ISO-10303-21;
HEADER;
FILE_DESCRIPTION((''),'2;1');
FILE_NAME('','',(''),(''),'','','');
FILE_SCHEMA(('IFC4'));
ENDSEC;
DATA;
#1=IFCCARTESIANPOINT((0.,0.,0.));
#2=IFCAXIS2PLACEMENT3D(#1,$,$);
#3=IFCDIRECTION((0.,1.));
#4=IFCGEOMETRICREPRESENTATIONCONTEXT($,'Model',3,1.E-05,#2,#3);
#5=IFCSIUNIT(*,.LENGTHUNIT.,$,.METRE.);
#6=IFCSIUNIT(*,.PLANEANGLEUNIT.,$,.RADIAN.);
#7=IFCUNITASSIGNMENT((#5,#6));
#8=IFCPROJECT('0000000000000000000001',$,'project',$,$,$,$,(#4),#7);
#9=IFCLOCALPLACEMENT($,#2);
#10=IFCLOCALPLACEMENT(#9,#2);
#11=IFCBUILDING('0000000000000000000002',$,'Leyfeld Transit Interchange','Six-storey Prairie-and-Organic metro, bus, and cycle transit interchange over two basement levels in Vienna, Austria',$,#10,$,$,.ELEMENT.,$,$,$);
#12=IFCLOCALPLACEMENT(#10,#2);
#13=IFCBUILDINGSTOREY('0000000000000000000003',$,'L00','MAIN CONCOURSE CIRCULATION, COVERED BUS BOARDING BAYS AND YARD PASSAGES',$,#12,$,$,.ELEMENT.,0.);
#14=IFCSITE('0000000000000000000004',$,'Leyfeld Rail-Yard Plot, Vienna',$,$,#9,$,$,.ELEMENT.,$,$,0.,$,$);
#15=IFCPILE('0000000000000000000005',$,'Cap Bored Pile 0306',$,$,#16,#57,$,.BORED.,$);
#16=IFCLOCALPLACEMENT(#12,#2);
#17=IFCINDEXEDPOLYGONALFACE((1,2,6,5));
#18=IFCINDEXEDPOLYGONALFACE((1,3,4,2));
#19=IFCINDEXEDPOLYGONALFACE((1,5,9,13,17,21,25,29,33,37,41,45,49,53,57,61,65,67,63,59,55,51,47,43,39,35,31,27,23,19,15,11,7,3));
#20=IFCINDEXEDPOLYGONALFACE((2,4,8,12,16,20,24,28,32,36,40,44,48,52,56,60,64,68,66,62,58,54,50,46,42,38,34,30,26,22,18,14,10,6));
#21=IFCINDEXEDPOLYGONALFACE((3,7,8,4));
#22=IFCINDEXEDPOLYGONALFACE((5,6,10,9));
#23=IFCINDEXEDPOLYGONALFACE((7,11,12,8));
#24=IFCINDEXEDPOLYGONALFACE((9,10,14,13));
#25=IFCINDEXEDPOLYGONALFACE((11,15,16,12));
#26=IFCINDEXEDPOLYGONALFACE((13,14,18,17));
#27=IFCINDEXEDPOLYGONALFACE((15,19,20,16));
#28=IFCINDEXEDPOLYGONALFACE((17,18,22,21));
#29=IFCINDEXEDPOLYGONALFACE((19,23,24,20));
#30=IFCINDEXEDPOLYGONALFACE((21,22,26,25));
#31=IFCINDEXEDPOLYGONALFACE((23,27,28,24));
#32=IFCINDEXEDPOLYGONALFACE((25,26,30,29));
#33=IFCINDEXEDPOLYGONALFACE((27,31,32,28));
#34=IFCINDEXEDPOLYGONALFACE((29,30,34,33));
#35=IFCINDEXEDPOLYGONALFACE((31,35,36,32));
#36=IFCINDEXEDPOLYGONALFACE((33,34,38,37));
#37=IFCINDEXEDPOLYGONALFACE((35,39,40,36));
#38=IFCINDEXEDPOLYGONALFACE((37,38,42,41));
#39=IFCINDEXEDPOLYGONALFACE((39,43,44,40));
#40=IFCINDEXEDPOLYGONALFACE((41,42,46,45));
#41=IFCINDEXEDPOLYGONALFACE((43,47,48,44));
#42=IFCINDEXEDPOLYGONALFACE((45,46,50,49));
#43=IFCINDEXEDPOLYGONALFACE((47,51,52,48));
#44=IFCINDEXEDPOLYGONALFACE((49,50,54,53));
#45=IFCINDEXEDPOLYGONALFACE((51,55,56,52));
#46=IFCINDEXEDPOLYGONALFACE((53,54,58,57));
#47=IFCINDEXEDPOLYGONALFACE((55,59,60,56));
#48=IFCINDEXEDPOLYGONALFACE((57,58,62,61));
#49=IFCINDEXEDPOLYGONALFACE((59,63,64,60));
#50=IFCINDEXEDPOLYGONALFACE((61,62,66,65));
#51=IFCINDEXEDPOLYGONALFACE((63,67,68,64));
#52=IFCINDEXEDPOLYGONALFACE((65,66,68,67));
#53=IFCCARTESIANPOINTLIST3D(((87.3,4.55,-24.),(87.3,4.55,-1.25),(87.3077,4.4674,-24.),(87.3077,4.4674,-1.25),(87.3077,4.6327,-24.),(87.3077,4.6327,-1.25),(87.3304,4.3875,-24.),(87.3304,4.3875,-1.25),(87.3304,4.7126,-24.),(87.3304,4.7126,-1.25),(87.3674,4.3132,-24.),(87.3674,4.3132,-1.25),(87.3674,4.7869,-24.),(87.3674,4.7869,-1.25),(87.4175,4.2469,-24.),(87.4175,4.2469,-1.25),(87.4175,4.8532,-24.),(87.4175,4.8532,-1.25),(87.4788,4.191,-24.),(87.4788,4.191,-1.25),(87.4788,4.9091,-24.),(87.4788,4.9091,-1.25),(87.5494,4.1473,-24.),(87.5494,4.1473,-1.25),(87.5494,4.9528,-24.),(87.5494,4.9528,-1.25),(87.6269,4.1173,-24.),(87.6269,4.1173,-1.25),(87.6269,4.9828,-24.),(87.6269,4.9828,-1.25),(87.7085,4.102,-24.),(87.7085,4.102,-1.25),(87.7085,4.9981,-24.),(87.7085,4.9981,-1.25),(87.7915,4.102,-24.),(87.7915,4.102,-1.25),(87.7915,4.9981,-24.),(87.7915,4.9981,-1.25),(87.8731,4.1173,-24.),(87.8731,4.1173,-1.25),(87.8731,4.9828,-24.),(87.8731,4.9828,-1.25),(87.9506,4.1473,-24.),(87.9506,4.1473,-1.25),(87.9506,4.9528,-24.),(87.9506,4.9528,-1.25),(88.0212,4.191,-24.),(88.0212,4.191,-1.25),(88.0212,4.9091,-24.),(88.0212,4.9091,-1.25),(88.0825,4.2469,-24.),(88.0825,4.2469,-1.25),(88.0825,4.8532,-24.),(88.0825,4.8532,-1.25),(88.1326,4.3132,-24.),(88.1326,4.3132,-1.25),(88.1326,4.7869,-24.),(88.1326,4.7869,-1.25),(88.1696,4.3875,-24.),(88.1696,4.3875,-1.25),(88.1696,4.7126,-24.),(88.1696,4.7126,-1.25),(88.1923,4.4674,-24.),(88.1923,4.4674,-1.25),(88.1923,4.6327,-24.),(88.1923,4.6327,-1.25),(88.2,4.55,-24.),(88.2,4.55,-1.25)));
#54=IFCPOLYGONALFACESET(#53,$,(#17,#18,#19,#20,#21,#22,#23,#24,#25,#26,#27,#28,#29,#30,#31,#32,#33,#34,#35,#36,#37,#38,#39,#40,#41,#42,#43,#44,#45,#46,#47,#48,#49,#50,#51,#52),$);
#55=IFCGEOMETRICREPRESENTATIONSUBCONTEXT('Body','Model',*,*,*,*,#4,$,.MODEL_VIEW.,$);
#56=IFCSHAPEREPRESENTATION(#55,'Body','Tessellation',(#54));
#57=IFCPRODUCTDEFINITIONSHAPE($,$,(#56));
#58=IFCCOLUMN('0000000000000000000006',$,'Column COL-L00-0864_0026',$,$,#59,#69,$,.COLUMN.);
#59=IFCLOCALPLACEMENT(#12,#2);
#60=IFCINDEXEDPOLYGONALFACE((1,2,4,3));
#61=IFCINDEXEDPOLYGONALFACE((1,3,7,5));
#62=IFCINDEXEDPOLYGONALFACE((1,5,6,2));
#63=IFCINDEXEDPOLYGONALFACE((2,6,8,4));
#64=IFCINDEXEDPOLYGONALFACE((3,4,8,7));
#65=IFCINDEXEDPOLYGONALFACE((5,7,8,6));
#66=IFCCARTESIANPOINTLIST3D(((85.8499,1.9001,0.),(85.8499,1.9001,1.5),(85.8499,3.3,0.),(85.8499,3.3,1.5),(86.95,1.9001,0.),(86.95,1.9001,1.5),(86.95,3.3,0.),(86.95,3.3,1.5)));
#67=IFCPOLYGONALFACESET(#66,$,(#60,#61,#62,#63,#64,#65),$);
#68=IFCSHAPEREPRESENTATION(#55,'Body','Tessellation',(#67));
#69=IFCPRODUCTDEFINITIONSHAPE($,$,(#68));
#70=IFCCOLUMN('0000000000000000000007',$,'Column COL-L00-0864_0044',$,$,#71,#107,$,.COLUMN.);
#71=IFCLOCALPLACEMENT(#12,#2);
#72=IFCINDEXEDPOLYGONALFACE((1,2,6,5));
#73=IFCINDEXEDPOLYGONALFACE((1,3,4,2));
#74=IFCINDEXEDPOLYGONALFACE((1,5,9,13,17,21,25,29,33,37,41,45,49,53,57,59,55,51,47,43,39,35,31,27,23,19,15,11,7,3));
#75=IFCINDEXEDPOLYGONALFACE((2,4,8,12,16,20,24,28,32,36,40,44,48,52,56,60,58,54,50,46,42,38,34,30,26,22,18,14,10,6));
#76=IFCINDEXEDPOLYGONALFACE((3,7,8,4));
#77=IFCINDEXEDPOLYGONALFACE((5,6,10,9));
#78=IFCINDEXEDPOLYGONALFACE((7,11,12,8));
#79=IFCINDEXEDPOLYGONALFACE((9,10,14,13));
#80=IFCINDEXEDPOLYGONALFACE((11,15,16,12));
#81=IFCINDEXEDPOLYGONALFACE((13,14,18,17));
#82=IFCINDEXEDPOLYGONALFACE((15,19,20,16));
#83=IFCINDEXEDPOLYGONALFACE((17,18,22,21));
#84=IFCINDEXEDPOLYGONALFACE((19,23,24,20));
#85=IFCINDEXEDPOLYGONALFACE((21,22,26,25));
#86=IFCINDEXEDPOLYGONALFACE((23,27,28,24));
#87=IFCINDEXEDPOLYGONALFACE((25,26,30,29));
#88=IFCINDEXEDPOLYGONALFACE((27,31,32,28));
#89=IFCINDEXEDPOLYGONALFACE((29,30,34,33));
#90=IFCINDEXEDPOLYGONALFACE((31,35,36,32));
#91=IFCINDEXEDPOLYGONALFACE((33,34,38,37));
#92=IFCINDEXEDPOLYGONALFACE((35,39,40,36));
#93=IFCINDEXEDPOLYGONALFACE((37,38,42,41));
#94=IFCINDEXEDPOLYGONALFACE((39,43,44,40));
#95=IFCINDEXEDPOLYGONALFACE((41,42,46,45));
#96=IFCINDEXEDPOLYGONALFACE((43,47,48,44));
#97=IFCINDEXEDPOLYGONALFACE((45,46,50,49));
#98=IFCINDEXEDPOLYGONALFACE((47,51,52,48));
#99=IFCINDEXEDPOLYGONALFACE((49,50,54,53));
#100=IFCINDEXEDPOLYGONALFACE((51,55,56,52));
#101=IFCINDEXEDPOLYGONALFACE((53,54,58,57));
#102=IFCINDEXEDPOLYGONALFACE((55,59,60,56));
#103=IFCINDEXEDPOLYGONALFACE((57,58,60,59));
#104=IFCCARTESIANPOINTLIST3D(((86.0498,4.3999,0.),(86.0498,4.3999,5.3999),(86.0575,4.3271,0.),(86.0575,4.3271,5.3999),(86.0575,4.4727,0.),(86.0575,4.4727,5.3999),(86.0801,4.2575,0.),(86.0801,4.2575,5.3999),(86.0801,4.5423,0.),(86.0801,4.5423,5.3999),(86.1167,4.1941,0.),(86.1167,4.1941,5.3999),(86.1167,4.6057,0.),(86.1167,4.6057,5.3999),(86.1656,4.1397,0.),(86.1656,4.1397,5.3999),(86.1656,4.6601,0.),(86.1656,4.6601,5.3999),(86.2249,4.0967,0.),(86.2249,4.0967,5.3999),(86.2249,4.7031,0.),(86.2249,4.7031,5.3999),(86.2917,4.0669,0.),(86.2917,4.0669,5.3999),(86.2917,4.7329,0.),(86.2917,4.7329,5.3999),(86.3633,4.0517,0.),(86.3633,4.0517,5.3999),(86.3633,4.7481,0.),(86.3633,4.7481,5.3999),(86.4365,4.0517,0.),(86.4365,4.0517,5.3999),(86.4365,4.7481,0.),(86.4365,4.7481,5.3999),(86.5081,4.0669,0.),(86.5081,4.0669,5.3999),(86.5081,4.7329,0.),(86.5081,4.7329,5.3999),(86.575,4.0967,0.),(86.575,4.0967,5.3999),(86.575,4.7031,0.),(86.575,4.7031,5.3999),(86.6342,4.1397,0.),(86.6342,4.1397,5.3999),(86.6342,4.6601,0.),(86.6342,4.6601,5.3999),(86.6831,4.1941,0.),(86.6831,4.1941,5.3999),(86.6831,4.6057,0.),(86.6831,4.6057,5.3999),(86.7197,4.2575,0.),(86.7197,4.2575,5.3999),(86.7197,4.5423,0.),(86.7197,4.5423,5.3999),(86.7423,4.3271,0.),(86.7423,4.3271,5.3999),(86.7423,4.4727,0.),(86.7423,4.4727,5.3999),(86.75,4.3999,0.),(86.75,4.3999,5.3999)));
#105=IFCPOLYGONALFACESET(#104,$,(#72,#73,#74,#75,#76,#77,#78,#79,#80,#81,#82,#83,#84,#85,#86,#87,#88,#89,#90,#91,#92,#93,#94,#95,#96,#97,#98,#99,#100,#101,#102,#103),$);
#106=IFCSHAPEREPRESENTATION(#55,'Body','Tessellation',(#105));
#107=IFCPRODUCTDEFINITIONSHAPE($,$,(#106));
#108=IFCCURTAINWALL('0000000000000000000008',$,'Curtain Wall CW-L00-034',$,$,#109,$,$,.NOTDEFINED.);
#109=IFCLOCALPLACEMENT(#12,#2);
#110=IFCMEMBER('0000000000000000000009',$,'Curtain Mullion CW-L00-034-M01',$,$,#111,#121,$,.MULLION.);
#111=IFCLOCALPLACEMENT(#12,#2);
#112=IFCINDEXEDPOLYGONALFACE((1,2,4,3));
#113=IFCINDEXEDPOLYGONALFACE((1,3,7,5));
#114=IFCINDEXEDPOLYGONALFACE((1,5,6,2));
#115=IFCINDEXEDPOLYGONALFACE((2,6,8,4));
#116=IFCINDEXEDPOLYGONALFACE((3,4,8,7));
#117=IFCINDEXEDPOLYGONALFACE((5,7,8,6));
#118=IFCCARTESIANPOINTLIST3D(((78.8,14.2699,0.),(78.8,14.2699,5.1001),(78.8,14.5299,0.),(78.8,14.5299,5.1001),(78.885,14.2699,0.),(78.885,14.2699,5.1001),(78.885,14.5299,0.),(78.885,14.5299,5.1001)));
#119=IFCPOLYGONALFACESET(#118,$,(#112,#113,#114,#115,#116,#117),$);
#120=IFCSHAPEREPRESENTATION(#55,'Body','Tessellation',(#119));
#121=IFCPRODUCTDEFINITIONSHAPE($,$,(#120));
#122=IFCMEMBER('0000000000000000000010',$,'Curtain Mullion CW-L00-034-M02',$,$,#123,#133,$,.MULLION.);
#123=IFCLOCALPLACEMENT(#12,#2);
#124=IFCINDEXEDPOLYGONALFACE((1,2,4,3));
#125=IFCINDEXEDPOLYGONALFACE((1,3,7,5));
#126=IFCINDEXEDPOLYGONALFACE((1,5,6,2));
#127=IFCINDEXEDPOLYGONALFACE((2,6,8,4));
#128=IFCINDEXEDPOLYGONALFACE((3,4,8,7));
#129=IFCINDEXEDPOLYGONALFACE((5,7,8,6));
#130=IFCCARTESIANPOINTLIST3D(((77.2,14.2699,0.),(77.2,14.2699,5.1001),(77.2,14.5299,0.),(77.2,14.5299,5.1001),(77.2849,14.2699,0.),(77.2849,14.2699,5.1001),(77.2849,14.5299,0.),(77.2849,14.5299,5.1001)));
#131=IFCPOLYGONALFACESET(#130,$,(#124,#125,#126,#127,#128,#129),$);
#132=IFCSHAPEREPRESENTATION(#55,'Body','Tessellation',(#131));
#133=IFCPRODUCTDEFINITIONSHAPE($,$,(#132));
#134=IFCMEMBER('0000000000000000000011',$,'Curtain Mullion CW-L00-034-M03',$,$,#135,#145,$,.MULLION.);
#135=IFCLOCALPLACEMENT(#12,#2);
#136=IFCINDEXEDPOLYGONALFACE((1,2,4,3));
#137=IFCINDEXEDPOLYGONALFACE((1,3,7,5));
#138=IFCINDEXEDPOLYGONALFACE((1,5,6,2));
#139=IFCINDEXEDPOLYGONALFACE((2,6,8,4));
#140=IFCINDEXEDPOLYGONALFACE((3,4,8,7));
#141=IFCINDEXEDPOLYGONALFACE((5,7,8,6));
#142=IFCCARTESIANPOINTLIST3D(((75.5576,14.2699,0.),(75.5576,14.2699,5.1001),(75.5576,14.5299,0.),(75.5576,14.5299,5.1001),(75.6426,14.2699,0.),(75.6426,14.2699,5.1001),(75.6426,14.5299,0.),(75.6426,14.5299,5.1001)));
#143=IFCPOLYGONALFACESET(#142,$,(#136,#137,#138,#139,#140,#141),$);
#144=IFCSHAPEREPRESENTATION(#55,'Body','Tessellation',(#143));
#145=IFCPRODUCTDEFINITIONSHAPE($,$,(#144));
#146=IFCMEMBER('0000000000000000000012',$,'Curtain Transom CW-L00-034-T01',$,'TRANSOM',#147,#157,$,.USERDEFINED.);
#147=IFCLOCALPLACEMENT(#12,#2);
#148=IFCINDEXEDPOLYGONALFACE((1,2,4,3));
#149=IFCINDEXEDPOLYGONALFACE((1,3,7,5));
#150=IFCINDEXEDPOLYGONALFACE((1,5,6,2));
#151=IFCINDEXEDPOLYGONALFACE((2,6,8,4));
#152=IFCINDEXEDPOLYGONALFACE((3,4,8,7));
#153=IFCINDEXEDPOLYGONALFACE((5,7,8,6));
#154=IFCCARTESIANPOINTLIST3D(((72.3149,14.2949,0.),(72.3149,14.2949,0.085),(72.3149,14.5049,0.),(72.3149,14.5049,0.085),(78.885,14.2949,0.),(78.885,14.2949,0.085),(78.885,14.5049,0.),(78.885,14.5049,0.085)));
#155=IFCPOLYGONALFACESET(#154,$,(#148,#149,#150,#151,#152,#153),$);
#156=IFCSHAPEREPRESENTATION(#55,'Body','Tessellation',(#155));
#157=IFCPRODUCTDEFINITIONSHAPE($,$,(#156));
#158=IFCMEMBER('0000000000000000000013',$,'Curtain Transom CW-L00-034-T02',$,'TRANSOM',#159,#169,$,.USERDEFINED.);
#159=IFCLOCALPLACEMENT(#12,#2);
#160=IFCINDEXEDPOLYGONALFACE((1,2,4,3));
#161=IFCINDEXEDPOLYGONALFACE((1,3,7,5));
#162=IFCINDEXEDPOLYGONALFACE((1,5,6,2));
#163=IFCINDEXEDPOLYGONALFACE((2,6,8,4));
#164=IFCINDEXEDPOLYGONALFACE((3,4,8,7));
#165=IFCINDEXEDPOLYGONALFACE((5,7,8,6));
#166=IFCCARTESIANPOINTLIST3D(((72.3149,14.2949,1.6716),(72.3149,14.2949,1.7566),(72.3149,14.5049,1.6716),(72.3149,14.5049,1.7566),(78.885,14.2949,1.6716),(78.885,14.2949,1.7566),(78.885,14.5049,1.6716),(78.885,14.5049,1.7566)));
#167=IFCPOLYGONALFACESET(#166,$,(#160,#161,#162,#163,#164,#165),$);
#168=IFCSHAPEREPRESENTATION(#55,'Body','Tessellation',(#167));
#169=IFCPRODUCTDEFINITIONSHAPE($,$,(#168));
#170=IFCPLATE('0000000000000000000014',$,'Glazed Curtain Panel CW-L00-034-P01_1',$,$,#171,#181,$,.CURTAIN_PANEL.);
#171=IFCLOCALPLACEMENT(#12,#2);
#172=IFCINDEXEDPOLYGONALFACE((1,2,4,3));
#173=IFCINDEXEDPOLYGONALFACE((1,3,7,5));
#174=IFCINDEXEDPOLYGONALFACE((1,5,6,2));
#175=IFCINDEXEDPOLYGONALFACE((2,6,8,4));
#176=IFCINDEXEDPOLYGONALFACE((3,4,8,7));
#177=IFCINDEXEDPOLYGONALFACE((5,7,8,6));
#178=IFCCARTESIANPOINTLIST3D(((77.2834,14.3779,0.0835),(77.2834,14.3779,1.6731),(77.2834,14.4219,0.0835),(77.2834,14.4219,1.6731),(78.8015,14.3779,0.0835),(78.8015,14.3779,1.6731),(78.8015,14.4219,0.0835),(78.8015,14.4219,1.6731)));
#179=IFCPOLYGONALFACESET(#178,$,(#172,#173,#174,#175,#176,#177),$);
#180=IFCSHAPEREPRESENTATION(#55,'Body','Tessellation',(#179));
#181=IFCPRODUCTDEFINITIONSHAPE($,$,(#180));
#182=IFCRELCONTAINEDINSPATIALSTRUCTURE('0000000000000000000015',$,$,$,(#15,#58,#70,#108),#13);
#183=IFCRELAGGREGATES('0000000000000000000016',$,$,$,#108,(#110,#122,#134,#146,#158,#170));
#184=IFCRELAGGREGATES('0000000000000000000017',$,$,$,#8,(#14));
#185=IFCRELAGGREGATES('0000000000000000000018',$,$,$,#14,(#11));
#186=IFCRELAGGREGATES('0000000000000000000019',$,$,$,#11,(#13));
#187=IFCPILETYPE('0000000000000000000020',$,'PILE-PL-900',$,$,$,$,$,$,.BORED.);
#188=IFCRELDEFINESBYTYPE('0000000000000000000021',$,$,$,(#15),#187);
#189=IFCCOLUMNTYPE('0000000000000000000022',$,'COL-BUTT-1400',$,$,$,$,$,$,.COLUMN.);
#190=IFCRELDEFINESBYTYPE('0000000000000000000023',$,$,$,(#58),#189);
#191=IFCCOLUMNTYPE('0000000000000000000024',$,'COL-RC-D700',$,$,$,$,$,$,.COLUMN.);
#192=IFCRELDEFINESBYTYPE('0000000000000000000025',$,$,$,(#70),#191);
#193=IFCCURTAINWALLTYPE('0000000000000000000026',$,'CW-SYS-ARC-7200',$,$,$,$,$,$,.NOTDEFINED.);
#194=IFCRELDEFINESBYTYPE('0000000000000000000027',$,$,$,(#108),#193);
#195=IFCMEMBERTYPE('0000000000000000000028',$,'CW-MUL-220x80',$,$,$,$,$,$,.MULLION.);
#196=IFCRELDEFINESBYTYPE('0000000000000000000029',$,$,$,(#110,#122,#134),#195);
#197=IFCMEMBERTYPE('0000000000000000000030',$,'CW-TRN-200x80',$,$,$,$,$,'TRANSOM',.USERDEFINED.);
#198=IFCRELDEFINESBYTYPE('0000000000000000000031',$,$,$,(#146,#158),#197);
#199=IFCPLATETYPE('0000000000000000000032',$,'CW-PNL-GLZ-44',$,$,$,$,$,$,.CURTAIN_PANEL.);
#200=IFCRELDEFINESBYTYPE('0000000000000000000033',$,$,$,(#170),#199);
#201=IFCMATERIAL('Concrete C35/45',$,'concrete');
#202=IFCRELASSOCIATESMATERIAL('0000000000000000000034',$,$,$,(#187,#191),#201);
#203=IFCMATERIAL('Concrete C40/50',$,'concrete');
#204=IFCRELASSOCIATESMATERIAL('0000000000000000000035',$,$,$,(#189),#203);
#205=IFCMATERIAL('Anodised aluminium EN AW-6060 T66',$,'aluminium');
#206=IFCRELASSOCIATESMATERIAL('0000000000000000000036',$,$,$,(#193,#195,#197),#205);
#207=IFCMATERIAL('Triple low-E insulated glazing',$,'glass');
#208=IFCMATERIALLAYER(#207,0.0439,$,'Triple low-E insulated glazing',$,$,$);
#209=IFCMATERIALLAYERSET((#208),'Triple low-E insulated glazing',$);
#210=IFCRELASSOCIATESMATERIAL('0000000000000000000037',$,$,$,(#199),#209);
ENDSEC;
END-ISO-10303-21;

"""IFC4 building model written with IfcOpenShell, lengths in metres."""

from ifc_helpers import new_model, si_unit, direction, frame, origin, origin_2d, place, context, subcontext, project, spatial, rectangle, circle, extrude, material, layer, layer_set, material_profile, profile_set, type_object, element, aggregate, save


model = new_model("IFC4")

# Units and contexts
model_context = context("Model", 3, precision=1e-05, world=origin(), true_north=direction((0.0, 1.0)))
body_context = subcontext(model_context, "Body", "Model", "MODEL_VIEW")
ifc_project = project(units=[si_unit("LENGTHUNIT", "METRE"), si_unit("PLANEANGLEUNIT", "RADIAN")], contexts=[model_context])

# Site, building, storey
site_placement = place(None, origin())
site = spatial("IfcSite", under=ifc_project, at=site_placement, Name="Leyfeld Rail-Yard Plot, Vienna", CompositionType="ELEMENT", RefElevation=0.0)
building_placement = place(site_placement, origin())
building = spatial("IfcBuilding", under=site, at=building_placement, Name="Leyfeld Transit Interchange", Description="Six-storey Prairie-and-Organic metro, bus, and cycle transit interchange over two basement levels in Vienna, Austria", CompositionType="ELEMENT")
storey_placement = place(building_placement, origin())
storey = spatial("IfcBuildingStorey", under=building, at=storey_placement, Name="L00", Description="MAIN CONCOURSE CIRCULATION, COVERED BUS BOARDING BAYS AND YARD PASSAGES", CompositionType="ELEMENT", Elevation=0.0)

# Shared definitions
ifc_material_1 = material(Name="Concrete C35/45", Category="concrete")

# Pile
ifc_material_profile_1 = material_profile(ifc_material_1, circle(Radius=0.45, at=origin_2d()), Name="PILE D900")
ifc_profile_set_1 = profile_set([ifc_material_profile_1], Name="Concrete C35/45")
pile_type = type_object("IfcPileType", Name="PILE-PL-900", PredefinedType="BORED", material=ifc_profile_set_1)
for number, where, z_axis, x_axis, name in (
    (1, (87.75, 4.55, -1.25), (0.0, 0.0, -1.0), (1.0, 0.0, 0.0), "Cap Bored Pile 0306"),
):
    element("IfcPile", number, at=place(storey_placement, frame(where, z_axis=z_axis, x_axis=x_axis)), inside=storey, type_object=pile_type, Name=name, PredefinedType="BORED", context=body_context, shape_type="SweptSolid", body=[
        extrude(circle(Radius=0.45, at=origin_2d()), origin(), (0.0, 0.0, 1.0), 22.75),
    ])

# Columns
ifc_material_2 = material(Name="Concrete C40/50", Category="concrete")
ifc_material_profile_2 = material_profile(ifc_material_2, rectangle(XDim=1.1001, YDim=1.3999, at=origin_2d()), Name="RC 1400x1100")
ifc_profile_set_2 = profile_set([ifc_material_profile_2], Name="Concrete C40/50")
column_type_1 = type_object("IfcColumnType", Name="COL-BUTT-1400", PredefinedType="COLUMN", material=ifc_profile_set_2)
column_1_placement = place(storey_placement, frame((86.3999, 2.6001, 0.0), z_axis=(0.0, 0.0, 1.0), x_axis=(1.0, 0.0, 0.0)))
element("IfcColumn", 2, at=column_1_placement, inside=storey, type_object=column_type_1, Name="Column COL-L00-0864_0026", PredefinedType="COLUMN", context=body_context, shape_type="SweptSolid", body=[
    extrude(rectangle(XDim=1.1001, YDim=1.3999, at=origin_2d()), origin(), (0.0, 0.0, 1.0), 1.5),
])
ifc_material_profile_3 = material_profile(ifc_material_1, circle(Radius=0.3501, at=origin_2d()), Name="RC D700")
ifc_profile_set_3 = profile_set([ifc_material_profile_3], Name="Concrete C35/45")
column_type_2 = type_object("IfcColumnType", Name="COL-RC-D700", PredefinedType="COLUMN", material=ifc_profile_set_3)
column_2_placement = place(storey_placement, frame((86.3999, 4.3999, 0.0), z_axis=(0.0, 0.0, 1.0), x_axis=(1.0, 0.0, 0.0)))
element("IfcColumn", 3, at=column_2_placement, inside=storey, type_object=column_type_2, Name="Column COL-L00-0864_0044", PredefinedType="COLUMN", context=body_context, shape_type="SweptSolid", body=[
    extrude(circle(Radius=0.3501, at=origin_2d()), origin(), (0.0, 0.0, 1.0), 5.3999),
])

# Curtain wall, members, plate
ifc_material_3 = material(Name="Anodised aluminium EN AW-6060 T66", Category="aluminium")
curtain_wall_type = type_object("IfcCurtainWallType", Name="CW-SYS-ARC-7200", PredefinedType="NOTDEFINED", material=ifc_material_3)
curtain_wall_placement = place(storey_placement, origin())
curtain_wall = element("IfcCurtainWall", 4, at=curtain_wall_placement, inside=storey, type_object=curtain_wall_type, Name="Curtain Wall CW-L00-034", PredefinedType="NOTDEFINED")
ifc_material_profile_4 = material_profile(ifc_material_3, rectangle(XDim=0.085, YDim=0.26, at=origin_2d()), Name="CW-M 85x260")
ifc_profile_set_4 = profile_set([ifc_material_profile_4], Name="Anodised aluminium EN AW-6060 T66")
member_type_1 = type_object("IfcMemberType", Name="CW-MUL-220x80", PredefinedType="MULLION", material=ifc_profile_set_4)
member_1_placement = place(storey_placement, frame((78.8425, 14.3999, 0.0), z_axis=(0.0, 0.0, 1.0), x_axis=(-1.0, 0.0, 0.0)))
member_1 = element("IfcMember", 5, at=member_1_placement, type_object=member_type_1, Name="Curtain Mullion CW-L00-034-M01", PredefinedType="MULLION", context=body_context, shape_type="SweptSolid", body=[
    extrude(rectangle(XDim=0.085, YDim=0.26, at=origin_2d()), origin(), (0.0, 0.0, 1.0), 5.1001),
])
member_2_placement = place(storey_placement, frame((77.2424, 14.3999, 0.0), z_axis=(0.0, 0.0, 1.0), x_axis=(-1.0, 0.0, 0.0)))
member_2 = element("IfcMember", 6, at=member_2_placement, type_object=member_type_1, Name="Curtain Mullion CW-L00-034-M02", PredefinedType="MULLION", context=body_context, shape_type="SweptSolid", body=[
    extrude(rectangle(XDim=0.085, YDim=0.26, at=origin_2d()), origin(), (0.0, 0.0, 1.0), 5.1001),
])
member_3_placement = place(storey_placement, frame((75.6001, 14.3999, 0.0), z_axis=(0.0, 0.0, 1.0), x_axis=(-1.0, 0.0, 0.0)))
member_3 = element("IfcMember", 7, at=member_3_placement, type_object=member_type_1, Name="Curtain Mullion CW-L00-034-M03", PredefinedType="MULLION", context=body_context, shape_type="SweptSolid", body=[
    extrude(rectangle(XDim=0.085, YDim=0.26, at=origin_2d()), origin(), (0.0, 0.0, 1.0), 5.1001),
])
ifc_material_profile_5 = material_profile(ifc_material_3, rectangle(XDim=0.21, YDim=0.085, at=origin_2d()), Name="CW-TRN-200x80")
ifc_profile_set_5 = profile_set([ifc_material_profile_5], Name="Anodised aluminium EN AW-6060 T66")
member_type_2 = type_object("IfcMemberType", Name="CW-TRN-200x80", ElementType="TRANSOM", PredefinedType="USERDEFINED", material=ifc_profile_set_5)
member_4_placement = place(storey_placement, frame((78.885, 14.3999, 0.0425), z_axis=(-1.0, 0.0, 0.0), x_axis=(0.0, -1.0, 0.0)))
member_4 = element("IfcMember", 8, at=member_4_placement, type_object=member_type_2, Name="Curtain Transom CW-L00-034-T01", ObjectType="TRANSOM", PredefinedType="USERDEFINED", context=body_context, shape_type="SweptSolid", body=[
    extrude(rectangle(XDim=0.21, YDim=0.085, at=origin_2d()), origin(), (0.0, 0.0, 1.0), 6.5701),
])
member_5_placement = place(storey_placement, frame((78.885, 14.3999, 1.7141), z_axis=(-1.0, 0.0, 0.0), x_axis=(0.0, -1.0, 0.0)))
member_5 = element("IfcMember", 9, at=member_5_placement, type_object=member_type_2, Name="Curtain Transom CW-L00-034-T02", ObjectType="TRANSOM", PredefinedType="USERDEFINED", context=body_context, shape_type="SweptSolid", body=[
    extrude(rectangle(XDim=0.21, YDim=0.085, at=origin_2d()), origin(), (0.0, 0.0, 1.0), 6.5701),
])
ifc_material_4 = material(Name="Triple low-E insulated glazing", Category="glass")
ifc_layer_1 = layer(ifc_material_4, 0.0439, Name="Triple low-E insulated glazing")
ifc_layer_set_1 = layer_set([ifc_layer_1], Name="Triple low-E insulated glazing")
plate_type_1 = type_object("IfcPlateType", Name="CW-PNL-GLZ-44", PredefinedType="CURTAIN_PANEL", material=ifc_layer_set_1)
plate_1_placement = place(storey_placement, frame((78.0425, 14.3999, 0.0835), z_axis=(0.0, 0.0, 1.0), x_axis=(-1.0, 0.0, 0.0)))
plate_1 = element("IfcPlate", 10, at=plate_1_placement, type_object=plate_type_1, Name="Glazed Curtain Panel CW-L00-034-P01_1", PredefinedType="CURTAIN_PANEL", context=body_context, shape_type="SweptSolid", body=[
    extrude(rectangle(XDim=1.5181, YDim=0.0439, at=origin_2d()), origin(), (0.0, 0.0, 1.0), 1.5896),
])
aggregate(curtain_wall, [member_1, member_2, member_3, member_4, member_5, plate_1])

save(model, "model.ifc")
